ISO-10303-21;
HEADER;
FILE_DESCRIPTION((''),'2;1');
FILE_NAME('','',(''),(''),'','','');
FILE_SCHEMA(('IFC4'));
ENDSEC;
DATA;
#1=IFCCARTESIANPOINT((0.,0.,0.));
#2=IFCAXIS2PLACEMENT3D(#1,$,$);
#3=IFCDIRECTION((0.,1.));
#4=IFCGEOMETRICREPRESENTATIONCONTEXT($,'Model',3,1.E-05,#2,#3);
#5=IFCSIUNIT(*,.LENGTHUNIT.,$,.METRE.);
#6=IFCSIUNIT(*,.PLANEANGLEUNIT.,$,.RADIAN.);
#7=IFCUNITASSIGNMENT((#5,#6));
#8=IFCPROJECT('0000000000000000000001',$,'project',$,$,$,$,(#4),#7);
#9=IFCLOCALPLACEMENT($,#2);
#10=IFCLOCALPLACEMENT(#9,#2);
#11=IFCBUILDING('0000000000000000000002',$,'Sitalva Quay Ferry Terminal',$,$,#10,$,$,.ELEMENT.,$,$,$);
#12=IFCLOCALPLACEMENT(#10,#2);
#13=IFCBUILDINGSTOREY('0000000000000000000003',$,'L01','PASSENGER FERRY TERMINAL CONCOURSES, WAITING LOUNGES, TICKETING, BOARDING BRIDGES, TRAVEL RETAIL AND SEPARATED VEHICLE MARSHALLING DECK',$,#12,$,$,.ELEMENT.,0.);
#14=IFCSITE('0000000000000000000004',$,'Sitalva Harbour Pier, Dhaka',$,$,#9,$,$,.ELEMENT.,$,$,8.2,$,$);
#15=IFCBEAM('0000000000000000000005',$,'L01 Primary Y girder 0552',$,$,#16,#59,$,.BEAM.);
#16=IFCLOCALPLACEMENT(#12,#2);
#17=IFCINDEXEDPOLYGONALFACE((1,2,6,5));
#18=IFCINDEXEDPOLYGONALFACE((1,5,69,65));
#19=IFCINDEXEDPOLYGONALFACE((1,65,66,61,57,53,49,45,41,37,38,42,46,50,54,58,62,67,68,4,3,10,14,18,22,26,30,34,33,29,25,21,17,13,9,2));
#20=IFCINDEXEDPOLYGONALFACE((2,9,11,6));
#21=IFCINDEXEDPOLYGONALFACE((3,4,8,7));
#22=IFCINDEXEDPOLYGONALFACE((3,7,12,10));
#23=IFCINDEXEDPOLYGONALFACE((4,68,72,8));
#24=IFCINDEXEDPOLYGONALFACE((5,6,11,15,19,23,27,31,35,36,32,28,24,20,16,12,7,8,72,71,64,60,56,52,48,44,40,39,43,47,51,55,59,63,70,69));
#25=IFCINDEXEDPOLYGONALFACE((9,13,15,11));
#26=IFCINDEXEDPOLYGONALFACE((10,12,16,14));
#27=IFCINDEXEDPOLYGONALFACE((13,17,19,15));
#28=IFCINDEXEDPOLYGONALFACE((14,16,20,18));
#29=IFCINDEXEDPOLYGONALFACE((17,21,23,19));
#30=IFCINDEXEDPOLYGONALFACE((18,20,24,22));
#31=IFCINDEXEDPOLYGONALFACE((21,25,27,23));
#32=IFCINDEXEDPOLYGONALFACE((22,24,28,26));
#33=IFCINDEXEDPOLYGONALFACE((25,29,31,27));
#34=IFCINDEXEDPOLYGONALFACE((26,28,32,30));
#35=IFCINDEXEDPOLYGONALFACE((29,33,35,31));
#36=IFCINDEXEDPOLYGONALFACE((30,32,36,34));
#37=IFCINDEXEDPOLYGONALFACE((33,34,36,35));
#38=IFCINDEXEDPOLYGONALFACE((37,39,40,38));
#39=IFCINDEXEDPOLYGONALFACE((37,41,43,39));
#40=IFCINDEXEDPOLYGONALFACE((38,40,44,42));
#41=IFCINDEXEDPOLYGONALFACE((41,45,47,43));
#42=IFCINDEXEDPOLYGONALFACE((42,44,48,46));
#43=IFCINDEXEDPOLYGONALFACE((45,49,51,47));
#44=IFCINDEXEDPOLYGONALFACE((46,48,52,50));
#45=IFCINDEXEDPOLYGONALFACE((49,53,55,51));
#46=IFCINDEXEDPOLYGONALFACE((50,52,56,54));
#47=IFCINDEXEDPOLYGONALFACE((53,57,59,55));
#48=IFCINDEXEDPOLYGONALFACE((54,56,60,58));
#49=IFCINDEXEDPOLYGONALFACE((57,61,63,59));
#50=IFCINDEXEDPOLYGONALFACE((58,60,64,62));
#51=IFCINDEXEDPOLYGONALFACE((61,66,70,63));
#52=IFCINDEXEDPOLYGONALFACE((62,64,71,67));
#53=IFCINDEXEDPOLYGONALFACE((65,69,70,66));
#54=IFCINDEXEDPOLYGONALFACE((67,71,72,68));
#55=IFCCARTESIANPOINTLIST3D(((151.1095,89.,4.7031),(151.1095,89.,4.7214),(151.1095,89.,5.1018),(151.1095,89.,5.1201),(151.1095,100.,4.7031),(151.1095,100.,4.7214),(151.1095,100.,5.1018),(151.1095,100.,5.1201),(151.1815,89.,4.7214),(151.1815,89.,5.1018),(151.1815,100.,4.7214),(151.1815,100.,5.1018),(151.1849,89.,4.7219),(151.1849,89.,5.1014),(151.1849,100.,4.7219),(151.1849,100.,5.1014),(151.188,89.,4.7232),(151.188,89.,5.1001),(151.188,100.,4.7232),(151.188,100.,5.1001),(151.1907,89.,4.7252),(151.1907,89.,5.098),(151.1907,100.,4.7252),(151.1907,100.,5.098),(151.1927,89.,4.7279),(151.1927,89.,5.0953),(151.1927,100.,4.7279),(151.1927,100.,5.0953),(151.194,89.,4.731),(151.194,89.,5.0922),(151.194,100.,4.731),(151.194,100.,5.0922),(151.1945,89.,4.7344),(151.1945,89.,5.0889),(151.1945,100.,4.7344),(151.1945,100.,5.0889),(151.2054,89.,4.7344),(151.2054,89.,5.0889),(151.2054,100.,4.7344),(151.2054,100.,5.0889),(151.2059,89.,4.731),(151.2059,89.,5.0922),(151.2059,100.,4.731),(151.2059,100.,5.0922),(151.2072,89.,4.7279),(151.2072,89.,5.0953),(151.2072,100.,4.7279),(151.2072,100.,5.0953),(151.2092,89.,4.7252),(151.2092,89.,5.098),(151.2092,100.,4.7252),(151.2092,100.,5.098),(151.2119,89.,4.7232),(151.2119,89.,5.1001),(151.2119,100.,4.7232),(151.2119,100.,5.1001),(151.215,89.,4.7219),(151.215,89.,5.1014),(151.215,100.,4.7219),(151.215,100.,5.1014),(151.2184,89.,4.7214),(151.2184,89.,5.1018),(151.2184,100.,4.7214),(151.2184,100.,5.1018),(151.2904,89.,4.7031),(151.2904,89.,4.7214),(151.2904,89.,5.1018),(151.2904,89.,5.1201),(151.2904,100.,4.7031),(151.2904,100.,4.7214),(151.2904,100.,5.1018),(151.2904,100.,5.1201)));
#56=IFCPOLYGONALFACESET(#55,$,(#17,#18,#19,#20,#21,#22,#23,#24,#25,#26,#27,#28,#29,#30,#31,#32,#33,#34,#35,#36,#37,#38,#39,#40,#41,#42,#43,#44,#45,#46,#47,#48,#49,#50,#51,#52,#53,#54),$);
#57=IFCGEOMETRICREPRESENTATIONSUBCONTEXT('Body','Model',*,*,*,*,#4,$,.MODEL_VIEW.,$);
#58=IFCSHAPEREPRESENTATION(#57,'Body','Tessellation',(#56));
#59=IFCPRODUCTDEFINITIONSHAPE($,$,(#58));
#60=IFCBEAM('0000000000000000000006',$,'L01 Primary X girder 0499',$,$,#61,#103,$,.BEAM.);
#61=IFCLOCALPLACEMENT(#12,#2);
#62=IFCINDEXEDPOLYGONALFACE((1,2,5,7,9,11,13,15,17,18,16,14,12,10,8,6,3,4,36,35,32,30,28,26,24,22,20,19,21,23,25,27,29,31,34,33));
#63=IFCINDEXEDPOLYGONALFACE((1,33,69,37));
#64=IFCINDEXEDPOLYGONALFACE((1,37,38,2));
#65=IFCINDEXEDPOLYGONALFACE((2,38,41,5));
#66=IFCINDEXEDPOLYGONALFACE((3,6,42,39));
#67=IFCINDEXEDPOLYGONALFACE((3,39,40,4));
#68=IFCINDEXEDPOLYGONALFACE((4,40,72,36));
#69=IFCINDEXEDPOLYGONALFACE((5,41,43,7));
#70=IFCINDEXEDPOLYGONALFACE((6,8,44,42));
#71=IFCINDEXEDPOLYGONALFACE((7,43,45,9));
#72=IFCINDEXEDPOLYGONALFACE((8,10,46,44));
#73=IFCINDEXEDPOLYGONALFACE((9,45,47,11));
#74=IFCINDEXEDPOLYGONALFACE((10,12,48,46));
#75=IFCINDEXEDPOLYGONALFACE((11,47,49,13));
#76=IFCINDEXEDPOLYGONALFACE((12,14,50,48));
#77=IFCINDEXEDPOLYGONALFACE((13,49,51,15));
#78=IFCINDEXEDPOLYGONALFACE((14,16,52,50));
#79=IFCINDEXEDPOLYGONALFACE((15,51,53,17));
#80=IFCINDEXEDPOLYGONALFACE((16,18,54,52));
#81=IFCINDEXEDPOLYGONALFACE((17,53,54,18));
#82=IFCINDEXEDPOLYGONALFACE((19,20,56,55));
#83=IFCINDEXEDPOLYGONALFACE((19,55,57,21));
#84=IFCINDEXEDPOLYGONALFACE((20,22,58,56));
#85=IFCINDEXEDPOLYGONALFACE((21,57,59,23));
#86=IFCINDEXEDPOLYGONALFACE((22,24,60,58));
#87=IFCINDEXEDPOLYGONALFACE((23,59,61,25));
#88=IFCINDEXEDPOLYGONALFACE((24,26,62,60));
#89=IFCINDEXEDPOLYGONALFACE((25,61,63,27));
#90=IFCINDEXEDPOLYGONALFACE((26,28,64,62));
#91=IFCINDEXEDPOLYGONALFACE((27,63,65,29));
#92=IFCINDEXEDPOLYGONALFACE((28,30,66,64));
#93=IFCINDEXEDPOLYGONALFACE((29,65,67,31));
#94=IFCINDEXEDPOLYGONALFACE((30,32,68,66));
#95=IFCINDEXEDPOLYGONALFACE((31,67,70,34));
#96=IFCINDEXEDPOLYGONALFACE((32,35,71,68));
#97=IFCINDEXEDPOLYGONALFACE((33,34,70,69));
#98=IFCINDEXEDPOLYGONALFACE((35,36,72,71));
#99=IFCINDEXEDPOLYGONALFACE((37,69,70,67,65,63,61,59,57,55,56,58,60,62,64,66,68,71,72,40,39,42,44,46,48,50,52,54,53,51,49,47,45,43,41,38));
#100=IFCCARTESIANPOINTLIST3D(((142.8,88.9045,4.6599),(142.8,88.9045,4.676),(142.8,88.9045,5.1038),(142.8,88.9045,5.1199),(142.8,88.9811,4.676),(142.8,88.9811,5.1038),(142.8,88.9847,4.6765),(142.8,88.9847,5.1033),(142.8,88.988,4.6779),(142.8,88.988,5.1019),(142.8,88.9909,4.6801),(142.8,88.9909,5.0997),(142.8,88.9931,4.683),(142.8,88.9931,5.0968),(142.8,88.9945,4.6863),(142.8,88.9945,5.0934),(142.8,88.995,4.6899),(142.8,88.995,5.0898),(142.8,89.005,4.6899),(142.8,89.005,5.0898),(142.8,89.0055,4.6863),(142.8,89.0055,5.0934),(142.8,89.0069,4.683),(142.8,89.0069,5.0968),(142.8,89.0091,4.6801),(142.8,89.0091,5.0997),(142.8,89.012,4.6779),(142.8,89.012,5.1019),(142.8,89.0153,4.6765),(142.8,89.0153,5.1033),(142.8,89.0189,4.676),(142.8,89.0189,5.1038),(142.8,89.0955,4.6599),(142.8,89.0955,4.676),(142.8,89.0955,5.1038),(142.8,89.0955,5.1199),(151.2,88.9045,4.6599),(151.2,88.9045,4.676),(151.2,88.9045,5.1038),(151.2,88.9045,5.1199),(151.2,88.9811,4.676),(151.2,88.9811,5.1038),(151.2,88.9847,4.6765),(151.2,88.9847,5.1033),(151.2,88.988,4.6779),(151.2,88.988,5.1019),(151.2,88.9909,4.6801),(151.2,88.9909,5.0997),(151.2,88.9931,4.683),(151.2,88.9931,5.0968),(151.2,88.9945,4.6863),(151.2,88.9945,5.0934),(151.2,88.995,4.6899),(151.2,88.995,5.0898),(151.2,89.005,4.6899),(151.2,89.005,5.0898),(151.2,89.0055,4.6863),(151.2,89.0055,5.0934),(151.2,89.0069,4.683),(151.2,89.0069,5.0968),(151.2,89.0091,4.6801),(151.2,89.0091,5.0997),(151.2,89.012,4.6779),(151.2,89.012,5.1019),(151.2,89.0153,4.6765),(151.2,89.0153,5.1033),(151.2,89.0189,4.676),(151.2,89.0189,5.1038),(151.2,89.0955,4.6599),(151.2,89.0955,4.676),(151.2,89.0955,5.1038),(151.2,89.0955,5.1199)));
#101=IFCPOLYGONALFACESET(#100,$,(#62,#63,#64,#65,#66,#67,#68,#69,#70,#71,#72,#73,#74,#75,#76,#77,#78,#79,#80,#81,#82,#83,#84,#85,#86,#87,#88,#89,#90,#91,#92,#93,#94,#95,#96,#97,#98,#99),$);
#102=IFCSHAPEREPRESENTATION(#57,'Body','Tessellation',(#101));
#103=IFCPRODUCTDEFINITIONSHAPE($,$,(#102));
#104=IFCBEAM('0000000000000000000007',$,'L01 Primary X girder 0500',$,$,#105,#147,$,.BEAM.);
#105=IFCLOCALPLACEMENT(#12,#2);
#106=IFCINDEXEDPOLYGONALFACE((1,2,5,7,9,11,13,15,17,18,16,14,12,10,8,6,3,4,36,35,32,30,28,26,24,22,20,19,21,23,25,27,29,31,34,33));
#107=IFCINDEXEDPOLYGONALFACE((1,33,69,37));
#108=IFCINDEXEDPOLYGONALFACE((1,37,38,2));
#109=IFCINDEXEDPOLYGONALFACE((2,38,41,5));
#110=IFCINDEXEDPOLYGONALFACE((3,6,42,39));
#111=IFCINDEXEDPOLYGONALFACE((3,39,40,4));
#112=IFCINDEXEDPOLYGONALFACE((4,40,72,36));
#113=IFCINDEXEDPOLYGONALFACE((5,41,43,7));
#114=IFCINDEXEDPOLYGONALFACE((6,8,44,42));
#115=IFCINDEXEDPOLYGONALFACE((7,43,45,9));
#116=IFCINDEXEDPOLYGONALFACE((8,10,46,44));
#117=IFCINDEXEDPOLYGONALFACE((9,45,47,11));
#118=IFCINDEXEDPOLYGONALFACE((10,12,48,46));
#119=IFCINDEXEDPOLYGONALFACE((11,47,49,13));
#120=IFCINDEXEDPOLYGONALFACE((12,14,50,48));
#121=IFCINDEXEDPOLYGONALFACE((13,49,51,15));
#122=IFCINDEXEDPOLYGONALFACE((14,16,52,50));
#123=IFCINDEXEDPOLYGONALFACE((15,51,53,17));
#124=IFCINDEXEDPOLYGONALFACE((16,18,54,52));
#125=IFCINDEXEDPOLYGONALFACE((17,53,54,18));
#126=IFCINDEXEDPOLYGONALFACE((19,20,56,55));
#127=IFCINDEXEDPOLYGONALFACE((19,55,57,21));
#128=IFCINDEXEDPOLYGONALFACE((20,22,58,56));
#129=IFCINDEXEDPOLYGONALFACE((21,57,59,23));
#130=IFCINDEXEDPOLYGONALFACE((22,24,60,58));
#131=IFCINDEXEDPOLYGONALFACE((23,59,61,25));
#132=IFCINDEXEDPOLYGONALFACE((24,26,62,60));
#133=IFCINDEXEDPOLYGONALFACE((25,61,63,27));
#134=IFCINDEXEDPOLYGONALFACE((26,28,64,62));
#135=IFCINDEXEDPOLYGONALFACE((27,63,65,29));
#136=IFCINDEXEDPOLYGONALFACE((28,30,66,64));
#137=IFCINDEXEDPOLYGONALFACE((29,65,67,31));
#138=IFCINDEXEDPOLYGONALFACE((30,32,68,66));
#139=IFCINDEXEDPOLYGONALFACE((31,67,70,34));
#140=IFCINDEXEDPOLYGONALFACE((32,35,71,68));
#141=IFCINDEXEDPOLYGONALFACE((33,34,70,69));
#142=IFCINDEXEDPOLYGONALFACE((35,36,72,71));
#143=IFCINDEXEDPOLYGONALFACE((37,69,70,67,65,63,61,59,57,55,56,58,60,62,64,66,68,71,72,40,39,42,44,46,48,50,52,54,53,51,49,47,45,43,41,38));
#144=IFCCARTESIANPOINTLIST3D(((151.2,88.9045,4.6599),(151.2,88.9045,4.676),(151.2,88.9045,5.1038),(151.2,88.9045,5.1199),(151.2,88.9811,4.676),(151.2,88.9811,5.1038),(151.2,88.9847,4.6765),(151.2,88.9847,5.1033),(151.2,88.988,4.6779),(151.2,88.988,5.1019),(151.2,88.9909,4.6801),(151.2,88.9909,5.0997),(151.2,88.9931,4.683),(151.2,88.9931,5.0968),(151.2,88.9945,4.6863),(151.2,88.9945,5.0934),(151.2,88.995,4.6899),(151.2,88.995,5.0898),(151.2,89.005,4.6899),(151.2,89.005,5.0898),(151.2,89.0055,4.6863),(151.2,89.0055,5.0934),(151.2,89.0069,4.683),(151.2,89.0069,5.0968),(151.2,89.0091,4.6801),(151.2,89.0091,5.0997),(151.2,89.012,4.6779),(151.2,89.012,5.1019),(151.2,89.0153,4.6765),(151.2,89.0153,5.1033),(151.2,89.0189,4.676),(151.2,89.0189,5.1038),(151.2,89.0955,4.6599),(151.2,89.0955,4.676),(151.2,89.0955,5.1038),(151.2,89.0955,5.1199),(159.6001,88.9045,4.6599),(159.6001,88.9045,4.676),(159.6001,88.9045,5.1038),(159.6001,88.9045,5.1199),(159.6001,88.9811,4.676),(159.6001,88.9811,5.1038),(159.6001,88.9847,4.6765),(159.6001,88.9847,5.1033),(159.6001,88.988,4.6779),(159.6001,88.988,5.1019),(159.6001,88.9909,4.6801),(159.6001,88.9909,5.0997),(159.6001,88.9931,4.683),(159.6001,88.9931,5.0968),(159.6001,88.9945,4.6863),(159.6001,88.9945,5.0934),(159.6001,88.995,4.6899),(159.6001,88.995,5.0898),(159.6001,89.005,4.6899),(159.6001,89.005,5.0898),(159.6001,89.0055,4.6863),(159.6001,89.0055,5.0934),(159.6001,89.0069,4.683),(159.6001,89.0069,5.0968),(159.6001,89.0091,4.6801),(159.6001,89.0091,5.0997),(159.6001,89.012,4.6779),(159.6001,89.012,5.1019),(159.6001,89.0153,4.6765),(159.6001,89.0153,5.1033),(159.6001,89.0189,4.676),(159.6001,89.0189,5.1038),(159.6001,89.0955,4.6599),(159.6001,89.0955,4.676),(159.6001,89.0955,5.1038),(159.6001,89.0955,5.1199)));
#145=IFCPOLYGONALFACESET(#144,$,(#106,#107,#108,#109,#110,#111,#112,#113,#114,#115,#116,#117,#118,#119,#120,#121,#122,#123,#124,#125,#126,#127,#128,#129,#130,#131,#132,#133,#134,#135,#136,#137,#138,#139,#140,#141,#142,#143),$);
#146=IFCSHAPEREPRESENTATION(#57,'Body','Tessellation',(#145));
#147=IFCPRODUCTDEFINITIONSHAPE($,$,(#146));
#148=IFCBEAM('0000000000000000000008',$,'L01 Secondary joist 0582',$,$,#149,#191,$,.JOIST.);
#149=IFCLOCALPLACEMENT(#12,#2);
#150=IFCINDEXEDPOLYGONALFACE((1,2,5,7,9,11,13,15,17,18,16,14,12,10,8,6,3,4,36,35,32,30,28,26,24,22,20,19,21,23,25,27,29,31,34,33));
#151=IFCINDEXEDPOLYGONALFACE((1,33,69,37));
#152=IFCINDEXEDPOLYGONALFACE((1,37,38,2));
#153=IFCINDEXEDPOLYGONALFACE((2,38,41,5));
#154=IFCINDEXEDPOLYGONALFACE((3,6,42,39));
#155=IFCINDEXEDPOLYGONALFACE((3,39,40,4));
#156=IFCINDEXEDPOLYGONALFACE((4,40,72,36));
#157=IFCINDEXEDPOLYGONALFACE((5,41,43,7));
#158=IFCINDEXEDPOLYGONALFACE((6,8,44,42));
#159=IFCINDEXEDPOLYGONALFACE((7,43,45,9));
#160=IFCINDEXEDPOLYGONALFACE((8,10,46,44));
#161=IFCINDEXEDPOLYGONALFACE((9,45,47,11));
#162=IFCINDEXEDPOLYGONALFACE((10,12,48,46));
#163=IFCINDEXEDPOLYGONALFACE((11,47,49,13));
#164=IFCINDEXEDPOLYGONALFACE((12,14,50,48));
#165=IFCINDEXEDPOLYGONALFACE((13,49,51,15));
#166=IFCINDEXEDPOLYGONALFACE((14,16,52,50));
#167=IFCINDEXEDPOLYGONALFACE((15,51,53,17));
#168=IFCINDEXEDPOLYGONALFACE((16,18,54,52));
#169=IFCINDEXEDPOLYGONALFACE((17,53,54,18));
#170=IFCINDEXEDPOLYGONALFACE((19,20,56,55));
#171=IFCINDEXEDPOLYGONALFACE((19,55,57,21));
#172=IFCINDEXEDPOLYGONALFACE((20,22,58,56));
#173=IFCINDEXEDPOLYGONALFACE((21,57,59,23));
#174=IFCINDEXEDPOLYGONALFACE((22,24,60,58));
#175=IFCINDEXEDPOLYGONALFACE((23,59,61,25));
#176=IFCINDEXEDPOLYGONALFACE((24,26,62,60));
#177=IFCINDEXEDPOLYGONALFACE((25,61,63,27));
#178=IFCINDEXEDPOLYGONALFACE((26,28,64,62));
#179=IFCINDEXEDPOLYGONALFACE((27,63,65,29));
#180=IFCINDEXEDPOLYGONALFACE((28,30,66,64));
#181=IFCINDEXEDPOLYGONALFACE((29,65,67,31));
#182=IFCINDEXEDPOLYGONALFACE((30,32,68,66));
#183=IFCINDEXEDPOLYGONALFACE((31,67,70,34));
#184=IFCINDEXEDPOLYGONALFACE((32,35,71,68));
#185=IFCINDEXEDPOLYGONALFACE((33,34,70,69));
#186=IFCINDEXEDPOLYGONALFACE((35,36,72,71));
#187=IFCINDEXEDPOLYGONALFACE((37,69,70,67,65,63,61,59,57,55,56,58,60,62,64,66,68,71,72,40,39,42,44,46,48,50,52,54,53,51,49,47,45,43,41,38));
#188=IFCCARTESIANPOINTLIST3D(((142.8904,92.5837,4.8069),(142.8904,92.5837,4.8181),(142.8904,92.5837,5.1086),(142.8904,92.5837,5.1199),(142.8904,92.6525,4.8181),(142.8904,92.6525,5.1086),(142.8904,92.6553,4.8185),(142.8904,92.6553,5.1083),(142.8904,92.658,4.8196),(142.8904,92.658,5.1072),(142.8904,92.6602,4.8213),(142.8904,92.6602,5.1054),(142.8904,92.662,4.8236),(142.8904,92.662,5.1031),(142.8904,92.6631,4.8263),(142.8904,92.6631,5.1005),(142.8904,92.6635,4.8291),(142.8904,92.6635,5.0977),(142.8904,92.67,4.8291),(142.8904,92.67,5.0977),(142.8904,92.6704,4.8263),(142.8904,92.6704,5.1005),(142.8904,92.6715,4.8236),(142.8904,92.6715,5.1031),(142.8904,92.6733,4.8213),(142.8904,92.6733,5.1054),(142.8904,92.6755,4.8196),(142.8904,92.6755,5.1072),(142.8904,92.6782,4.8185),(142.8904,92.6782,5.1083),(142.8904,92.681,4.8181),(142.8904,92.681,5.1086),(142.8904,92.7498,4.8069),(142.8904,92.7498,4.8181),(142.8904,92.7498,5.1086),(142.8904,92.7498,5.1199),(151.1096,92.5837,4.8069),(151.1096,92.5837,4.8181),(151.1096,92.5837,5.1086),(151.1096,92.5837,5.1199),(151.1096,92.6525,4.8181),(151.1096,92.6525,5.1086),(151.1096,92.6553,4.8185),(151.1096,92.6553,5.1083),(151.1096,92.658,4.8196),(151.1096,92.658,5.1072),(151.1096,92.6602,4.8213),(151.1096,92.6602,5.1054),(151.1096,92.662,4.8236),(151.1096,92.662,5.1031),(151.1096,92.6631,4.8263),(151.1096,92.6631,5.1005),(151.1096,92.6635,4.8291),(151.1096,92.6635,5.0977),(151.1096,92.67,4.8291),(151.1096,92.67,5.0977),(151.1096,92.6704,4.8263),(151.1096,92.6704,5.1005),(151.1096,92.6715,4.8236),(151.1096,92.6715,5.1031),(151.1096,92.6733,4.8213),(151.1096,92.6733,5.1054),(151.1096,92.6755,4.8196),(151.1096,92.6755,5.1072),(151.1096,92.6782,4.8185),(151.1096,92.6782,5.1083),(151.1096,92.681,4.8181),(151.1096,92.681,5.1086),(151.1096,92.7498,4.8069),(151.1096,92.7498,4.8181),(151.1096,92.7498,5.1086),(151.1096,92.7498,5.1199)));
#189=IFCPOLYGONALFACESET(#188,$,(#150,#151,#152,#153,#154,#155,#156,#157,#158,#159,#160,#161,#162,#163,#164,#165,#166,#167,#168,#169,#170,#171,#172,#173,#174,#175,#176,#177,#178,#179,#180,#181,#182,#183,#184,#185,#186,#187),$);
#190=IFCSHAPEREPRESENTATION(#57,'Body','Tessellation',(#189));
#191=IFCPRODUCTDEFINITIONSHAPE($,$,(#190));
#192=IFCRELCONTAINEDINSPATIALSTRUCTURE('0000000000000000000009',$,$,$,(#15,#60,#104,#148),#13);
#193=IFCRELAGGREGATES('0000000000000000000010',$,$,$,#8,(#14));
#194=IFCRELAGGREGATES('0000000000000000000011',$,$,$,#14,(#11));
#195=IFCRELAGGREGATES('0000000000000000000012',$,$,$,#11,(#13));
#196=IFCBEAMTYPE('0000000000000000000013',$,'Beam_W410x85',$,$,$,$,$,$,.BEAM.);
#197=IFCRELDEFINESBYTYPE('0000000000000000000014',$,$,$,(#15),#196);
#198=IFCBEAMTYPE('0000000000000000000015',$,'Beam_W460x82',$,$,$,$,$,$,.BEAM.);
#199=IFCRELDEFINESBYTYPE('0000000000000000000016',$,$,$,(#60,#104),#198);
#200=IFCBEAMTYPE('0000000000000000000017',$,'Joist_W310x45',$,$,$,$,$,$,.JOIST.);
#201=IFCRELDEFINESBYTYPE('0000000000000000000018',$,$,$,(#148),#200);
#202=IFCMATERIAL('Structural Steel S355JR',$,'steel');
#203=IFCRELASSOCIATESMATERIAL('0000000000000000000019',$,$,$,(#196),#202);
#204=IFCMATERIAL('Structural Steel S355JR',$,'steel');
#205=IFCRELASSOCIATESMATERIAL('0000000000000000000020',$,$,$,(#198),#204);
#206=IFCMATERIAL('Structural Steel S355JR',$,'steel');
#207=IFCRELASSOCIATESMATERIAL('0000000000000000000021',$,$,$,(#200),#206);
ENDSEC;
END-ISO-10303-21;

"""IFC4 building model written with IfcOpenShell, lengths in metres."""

from ifc_helpers import new_model, si_unit, direction, frame, origin, origin_2d, place, context, subcontext, project, spatial, i_section, extrude, material, material_profile, profile_set, type_object, element, save


model = new_model("IFC4")

# Units and contexts
model_context = context("Model", 3, precision=1e-05, world=origin(), true_north=direction((0.0, 1.0)))
body_context = subcontext(model_context, "Body", "Model", "MODEL_VIEW")
ifc_project = project(units=[si_unit("LENGTHUNIT", "METRE"), si_unit("PLANEANGLEUNIT", "RADIAN")], contexts=[model_context])

# Site, building, storey
site_placement = place(None, origin())
site = spatial("IfcSite", under=ifc_project, at=site_placement, Name="Sitalva Harbour Pier, Dhaka", CompositionType="ELEMENT", RefElevation=8.2)
building_placement = place(site_placement, origin())
building = spatial("IfcBuilding", under=site, at=building_placement, Name="Sitalva Quay Ferry Terminal", CompositionType="ELEMENT")
storey_placement = place(building_placement, origin())
storey = spatial("IfcBuildingStorey", under=building, at=storey_placement, Name="L01", Description="PASSENGER FERRY TERMINAL CONCOURSES, WAITING LOUNGES, TICKETING, BOARDING BRIDGES, TRAVEL RETAIL AND SEPARATED VEHICLE MARSHALLING DECK", CompositionType="ELEMENT", Elevation=0.0)

# Beams
ifc_material_1 = material(Name="Structural Steel S355JR", Category="steel")
ifc_material_profile_1 = material_profile(ifc_material_1, i_section(OverallWidth=0.1809, OverallDepth=0.417, WebThickness=0.011, FlangeThickness=0.0183, FilletRadius=0.0129, at=origin_2d()), Name="W410x85")
ifc_profile_set_1 = profile_set([ifc_material_profile_1], Name="Structural Steel S355JR")
beam_type_1 = type_object("IfcBeamType", Name="Beam_W410x85", PredefinedType="BEAM", material=ifc_profile_set_1)
for number, where, z_axis, x_axis, name in (
    (1, (151.2, 89.0, 4.9116), (0.0, 1.0, 0.0), (-1.0, 0.0, 0.0), "L01 Primary Y girder 0552"),
):
    element("IfcBeam", number, at=place(storey_placement, frame(where, z_axis=z_axis, x_axis=x_axis)), inside=storey, type_object=beam_type_1, Name=name, PredefinedType="BEAM", context=body_context, shape_type="SweptSolid", body=[
        extrude(i_section(OverallWidth=0.1809, OverallDepth=0.417, WebThickness=0.011, FlangeThickness=0.0183, FilletRadius=0.0129, at=origin_2d()), origin(), (0.0, 0.0, 1.0), 11.0),
    ])
ifc_material_2 = material(Name="Structural Steel S355JR", Category="steel")
ifc_material_profile_2 = material_profile(ifc_material_2, i_section(OverallWidth=0.1909, OverallDepth=0.46, WebThickness=0.01, FlangeThickness=0.0161, FilletRadius=0.0139, at=origin_2d()), Name="W460x82")
ifc_profile_set_2 = profile_set([ifc_material_profile_2], Name="Structural Steel S355JR")
beam_type_2 = type_object("IfcBeamType", Name="Beam_W460x82", PredefinedType="BEAM", material=ifc_profile_set_2)
beam_1_placement = place(storey_placement, frame((142.8, 89.0, 4.8899), z_axis=(1.0, 0.0, 0.0), x_axis=(0.0, 1.0, 0.0)))
element("IfcBeam", 2, at=beam_1_placement, inside=storey, type_object=beam_type_2, Name="L01 Primary X girder 0499", PredefinedType="BEAM", context=body_context, shape_type="SweptSolid", body=[
    extrude(i_section(OverallWidth=0.1909, OverallDepth=0.46, WebThickness=0.01, FlangeThickness=0.0161, FilletRadius=0.0139, at=origin_2d()), origin(), (0.0, 0.0, 1.0), 8.3999),
])
beam_2_placement = place(storey_placement, frame((151.2, 89.0, 4.8899), z_axis=(1.0, 0.0, 0.0), x_axis=(0.0, 1.0, 0.0)))
element("IfcBeam", 3, at=beam_2_placement, inside=storey, type_object=beam_type_2, Name="L01 Primary X girder 0500", PredefinedType="BEAM", context=body_context, shape_type="SweptSolid", body=[
    extrude(i_section(OverallWidth=0.1909, OverallDepth=0.46, WebThickness=0.01, FlangeThickness=0.0161, FilletRadius=0.0139, at=origin_2d()), origin(), (0.0, 0.0, 1.0), 8.4001),
])
ifc_material_3 = material(Name="Structural Steel S355JR", Category="steel")
ifc_material_profile_3 = material_profile(ifc_material_3, i_section(OverallWidth=0.166, OverallDepth=0.313, WebThickness=0.0066, FlangeThickness=0.0112, FilletRadius=0.011, at=origin_2d()), Name="W310x45")
ifc_profile_set_3 = profile_set([ifc_material_profile_3], Name="Structural Steel S355JR")
beam_type_3 = type_object("IfcBeamType", Name="Joist_W310x45", PredefinedType="JOIST", material=ifc_profile_set_3)
beam_3_placement = place(storey_placement, frame((142.8904, 92.6667, 4.9634), z_axis=(1.0, 0.0, 0.0), x_axis=(0.0, 1.0, 0.0)))
element("IfcBeam", 4, at=beam_3_placement, inside=storey, type_object=beam_type_3, Name="L01 Secondary joist 0582", PredefinedType="JOIST", context=body_context, shape_type="SweptSolid", body=[
    extrude(i_section(OverallWidth=0.166, OverallDepth=0.313, WebThickness=0.0066, FlangeThickness=0.0112, FilletRadius=0.011, at=origin_2d()), origin(), (0.0, 0.0, 1.0), 8.2192),
])

save(model, "model.ifc")
